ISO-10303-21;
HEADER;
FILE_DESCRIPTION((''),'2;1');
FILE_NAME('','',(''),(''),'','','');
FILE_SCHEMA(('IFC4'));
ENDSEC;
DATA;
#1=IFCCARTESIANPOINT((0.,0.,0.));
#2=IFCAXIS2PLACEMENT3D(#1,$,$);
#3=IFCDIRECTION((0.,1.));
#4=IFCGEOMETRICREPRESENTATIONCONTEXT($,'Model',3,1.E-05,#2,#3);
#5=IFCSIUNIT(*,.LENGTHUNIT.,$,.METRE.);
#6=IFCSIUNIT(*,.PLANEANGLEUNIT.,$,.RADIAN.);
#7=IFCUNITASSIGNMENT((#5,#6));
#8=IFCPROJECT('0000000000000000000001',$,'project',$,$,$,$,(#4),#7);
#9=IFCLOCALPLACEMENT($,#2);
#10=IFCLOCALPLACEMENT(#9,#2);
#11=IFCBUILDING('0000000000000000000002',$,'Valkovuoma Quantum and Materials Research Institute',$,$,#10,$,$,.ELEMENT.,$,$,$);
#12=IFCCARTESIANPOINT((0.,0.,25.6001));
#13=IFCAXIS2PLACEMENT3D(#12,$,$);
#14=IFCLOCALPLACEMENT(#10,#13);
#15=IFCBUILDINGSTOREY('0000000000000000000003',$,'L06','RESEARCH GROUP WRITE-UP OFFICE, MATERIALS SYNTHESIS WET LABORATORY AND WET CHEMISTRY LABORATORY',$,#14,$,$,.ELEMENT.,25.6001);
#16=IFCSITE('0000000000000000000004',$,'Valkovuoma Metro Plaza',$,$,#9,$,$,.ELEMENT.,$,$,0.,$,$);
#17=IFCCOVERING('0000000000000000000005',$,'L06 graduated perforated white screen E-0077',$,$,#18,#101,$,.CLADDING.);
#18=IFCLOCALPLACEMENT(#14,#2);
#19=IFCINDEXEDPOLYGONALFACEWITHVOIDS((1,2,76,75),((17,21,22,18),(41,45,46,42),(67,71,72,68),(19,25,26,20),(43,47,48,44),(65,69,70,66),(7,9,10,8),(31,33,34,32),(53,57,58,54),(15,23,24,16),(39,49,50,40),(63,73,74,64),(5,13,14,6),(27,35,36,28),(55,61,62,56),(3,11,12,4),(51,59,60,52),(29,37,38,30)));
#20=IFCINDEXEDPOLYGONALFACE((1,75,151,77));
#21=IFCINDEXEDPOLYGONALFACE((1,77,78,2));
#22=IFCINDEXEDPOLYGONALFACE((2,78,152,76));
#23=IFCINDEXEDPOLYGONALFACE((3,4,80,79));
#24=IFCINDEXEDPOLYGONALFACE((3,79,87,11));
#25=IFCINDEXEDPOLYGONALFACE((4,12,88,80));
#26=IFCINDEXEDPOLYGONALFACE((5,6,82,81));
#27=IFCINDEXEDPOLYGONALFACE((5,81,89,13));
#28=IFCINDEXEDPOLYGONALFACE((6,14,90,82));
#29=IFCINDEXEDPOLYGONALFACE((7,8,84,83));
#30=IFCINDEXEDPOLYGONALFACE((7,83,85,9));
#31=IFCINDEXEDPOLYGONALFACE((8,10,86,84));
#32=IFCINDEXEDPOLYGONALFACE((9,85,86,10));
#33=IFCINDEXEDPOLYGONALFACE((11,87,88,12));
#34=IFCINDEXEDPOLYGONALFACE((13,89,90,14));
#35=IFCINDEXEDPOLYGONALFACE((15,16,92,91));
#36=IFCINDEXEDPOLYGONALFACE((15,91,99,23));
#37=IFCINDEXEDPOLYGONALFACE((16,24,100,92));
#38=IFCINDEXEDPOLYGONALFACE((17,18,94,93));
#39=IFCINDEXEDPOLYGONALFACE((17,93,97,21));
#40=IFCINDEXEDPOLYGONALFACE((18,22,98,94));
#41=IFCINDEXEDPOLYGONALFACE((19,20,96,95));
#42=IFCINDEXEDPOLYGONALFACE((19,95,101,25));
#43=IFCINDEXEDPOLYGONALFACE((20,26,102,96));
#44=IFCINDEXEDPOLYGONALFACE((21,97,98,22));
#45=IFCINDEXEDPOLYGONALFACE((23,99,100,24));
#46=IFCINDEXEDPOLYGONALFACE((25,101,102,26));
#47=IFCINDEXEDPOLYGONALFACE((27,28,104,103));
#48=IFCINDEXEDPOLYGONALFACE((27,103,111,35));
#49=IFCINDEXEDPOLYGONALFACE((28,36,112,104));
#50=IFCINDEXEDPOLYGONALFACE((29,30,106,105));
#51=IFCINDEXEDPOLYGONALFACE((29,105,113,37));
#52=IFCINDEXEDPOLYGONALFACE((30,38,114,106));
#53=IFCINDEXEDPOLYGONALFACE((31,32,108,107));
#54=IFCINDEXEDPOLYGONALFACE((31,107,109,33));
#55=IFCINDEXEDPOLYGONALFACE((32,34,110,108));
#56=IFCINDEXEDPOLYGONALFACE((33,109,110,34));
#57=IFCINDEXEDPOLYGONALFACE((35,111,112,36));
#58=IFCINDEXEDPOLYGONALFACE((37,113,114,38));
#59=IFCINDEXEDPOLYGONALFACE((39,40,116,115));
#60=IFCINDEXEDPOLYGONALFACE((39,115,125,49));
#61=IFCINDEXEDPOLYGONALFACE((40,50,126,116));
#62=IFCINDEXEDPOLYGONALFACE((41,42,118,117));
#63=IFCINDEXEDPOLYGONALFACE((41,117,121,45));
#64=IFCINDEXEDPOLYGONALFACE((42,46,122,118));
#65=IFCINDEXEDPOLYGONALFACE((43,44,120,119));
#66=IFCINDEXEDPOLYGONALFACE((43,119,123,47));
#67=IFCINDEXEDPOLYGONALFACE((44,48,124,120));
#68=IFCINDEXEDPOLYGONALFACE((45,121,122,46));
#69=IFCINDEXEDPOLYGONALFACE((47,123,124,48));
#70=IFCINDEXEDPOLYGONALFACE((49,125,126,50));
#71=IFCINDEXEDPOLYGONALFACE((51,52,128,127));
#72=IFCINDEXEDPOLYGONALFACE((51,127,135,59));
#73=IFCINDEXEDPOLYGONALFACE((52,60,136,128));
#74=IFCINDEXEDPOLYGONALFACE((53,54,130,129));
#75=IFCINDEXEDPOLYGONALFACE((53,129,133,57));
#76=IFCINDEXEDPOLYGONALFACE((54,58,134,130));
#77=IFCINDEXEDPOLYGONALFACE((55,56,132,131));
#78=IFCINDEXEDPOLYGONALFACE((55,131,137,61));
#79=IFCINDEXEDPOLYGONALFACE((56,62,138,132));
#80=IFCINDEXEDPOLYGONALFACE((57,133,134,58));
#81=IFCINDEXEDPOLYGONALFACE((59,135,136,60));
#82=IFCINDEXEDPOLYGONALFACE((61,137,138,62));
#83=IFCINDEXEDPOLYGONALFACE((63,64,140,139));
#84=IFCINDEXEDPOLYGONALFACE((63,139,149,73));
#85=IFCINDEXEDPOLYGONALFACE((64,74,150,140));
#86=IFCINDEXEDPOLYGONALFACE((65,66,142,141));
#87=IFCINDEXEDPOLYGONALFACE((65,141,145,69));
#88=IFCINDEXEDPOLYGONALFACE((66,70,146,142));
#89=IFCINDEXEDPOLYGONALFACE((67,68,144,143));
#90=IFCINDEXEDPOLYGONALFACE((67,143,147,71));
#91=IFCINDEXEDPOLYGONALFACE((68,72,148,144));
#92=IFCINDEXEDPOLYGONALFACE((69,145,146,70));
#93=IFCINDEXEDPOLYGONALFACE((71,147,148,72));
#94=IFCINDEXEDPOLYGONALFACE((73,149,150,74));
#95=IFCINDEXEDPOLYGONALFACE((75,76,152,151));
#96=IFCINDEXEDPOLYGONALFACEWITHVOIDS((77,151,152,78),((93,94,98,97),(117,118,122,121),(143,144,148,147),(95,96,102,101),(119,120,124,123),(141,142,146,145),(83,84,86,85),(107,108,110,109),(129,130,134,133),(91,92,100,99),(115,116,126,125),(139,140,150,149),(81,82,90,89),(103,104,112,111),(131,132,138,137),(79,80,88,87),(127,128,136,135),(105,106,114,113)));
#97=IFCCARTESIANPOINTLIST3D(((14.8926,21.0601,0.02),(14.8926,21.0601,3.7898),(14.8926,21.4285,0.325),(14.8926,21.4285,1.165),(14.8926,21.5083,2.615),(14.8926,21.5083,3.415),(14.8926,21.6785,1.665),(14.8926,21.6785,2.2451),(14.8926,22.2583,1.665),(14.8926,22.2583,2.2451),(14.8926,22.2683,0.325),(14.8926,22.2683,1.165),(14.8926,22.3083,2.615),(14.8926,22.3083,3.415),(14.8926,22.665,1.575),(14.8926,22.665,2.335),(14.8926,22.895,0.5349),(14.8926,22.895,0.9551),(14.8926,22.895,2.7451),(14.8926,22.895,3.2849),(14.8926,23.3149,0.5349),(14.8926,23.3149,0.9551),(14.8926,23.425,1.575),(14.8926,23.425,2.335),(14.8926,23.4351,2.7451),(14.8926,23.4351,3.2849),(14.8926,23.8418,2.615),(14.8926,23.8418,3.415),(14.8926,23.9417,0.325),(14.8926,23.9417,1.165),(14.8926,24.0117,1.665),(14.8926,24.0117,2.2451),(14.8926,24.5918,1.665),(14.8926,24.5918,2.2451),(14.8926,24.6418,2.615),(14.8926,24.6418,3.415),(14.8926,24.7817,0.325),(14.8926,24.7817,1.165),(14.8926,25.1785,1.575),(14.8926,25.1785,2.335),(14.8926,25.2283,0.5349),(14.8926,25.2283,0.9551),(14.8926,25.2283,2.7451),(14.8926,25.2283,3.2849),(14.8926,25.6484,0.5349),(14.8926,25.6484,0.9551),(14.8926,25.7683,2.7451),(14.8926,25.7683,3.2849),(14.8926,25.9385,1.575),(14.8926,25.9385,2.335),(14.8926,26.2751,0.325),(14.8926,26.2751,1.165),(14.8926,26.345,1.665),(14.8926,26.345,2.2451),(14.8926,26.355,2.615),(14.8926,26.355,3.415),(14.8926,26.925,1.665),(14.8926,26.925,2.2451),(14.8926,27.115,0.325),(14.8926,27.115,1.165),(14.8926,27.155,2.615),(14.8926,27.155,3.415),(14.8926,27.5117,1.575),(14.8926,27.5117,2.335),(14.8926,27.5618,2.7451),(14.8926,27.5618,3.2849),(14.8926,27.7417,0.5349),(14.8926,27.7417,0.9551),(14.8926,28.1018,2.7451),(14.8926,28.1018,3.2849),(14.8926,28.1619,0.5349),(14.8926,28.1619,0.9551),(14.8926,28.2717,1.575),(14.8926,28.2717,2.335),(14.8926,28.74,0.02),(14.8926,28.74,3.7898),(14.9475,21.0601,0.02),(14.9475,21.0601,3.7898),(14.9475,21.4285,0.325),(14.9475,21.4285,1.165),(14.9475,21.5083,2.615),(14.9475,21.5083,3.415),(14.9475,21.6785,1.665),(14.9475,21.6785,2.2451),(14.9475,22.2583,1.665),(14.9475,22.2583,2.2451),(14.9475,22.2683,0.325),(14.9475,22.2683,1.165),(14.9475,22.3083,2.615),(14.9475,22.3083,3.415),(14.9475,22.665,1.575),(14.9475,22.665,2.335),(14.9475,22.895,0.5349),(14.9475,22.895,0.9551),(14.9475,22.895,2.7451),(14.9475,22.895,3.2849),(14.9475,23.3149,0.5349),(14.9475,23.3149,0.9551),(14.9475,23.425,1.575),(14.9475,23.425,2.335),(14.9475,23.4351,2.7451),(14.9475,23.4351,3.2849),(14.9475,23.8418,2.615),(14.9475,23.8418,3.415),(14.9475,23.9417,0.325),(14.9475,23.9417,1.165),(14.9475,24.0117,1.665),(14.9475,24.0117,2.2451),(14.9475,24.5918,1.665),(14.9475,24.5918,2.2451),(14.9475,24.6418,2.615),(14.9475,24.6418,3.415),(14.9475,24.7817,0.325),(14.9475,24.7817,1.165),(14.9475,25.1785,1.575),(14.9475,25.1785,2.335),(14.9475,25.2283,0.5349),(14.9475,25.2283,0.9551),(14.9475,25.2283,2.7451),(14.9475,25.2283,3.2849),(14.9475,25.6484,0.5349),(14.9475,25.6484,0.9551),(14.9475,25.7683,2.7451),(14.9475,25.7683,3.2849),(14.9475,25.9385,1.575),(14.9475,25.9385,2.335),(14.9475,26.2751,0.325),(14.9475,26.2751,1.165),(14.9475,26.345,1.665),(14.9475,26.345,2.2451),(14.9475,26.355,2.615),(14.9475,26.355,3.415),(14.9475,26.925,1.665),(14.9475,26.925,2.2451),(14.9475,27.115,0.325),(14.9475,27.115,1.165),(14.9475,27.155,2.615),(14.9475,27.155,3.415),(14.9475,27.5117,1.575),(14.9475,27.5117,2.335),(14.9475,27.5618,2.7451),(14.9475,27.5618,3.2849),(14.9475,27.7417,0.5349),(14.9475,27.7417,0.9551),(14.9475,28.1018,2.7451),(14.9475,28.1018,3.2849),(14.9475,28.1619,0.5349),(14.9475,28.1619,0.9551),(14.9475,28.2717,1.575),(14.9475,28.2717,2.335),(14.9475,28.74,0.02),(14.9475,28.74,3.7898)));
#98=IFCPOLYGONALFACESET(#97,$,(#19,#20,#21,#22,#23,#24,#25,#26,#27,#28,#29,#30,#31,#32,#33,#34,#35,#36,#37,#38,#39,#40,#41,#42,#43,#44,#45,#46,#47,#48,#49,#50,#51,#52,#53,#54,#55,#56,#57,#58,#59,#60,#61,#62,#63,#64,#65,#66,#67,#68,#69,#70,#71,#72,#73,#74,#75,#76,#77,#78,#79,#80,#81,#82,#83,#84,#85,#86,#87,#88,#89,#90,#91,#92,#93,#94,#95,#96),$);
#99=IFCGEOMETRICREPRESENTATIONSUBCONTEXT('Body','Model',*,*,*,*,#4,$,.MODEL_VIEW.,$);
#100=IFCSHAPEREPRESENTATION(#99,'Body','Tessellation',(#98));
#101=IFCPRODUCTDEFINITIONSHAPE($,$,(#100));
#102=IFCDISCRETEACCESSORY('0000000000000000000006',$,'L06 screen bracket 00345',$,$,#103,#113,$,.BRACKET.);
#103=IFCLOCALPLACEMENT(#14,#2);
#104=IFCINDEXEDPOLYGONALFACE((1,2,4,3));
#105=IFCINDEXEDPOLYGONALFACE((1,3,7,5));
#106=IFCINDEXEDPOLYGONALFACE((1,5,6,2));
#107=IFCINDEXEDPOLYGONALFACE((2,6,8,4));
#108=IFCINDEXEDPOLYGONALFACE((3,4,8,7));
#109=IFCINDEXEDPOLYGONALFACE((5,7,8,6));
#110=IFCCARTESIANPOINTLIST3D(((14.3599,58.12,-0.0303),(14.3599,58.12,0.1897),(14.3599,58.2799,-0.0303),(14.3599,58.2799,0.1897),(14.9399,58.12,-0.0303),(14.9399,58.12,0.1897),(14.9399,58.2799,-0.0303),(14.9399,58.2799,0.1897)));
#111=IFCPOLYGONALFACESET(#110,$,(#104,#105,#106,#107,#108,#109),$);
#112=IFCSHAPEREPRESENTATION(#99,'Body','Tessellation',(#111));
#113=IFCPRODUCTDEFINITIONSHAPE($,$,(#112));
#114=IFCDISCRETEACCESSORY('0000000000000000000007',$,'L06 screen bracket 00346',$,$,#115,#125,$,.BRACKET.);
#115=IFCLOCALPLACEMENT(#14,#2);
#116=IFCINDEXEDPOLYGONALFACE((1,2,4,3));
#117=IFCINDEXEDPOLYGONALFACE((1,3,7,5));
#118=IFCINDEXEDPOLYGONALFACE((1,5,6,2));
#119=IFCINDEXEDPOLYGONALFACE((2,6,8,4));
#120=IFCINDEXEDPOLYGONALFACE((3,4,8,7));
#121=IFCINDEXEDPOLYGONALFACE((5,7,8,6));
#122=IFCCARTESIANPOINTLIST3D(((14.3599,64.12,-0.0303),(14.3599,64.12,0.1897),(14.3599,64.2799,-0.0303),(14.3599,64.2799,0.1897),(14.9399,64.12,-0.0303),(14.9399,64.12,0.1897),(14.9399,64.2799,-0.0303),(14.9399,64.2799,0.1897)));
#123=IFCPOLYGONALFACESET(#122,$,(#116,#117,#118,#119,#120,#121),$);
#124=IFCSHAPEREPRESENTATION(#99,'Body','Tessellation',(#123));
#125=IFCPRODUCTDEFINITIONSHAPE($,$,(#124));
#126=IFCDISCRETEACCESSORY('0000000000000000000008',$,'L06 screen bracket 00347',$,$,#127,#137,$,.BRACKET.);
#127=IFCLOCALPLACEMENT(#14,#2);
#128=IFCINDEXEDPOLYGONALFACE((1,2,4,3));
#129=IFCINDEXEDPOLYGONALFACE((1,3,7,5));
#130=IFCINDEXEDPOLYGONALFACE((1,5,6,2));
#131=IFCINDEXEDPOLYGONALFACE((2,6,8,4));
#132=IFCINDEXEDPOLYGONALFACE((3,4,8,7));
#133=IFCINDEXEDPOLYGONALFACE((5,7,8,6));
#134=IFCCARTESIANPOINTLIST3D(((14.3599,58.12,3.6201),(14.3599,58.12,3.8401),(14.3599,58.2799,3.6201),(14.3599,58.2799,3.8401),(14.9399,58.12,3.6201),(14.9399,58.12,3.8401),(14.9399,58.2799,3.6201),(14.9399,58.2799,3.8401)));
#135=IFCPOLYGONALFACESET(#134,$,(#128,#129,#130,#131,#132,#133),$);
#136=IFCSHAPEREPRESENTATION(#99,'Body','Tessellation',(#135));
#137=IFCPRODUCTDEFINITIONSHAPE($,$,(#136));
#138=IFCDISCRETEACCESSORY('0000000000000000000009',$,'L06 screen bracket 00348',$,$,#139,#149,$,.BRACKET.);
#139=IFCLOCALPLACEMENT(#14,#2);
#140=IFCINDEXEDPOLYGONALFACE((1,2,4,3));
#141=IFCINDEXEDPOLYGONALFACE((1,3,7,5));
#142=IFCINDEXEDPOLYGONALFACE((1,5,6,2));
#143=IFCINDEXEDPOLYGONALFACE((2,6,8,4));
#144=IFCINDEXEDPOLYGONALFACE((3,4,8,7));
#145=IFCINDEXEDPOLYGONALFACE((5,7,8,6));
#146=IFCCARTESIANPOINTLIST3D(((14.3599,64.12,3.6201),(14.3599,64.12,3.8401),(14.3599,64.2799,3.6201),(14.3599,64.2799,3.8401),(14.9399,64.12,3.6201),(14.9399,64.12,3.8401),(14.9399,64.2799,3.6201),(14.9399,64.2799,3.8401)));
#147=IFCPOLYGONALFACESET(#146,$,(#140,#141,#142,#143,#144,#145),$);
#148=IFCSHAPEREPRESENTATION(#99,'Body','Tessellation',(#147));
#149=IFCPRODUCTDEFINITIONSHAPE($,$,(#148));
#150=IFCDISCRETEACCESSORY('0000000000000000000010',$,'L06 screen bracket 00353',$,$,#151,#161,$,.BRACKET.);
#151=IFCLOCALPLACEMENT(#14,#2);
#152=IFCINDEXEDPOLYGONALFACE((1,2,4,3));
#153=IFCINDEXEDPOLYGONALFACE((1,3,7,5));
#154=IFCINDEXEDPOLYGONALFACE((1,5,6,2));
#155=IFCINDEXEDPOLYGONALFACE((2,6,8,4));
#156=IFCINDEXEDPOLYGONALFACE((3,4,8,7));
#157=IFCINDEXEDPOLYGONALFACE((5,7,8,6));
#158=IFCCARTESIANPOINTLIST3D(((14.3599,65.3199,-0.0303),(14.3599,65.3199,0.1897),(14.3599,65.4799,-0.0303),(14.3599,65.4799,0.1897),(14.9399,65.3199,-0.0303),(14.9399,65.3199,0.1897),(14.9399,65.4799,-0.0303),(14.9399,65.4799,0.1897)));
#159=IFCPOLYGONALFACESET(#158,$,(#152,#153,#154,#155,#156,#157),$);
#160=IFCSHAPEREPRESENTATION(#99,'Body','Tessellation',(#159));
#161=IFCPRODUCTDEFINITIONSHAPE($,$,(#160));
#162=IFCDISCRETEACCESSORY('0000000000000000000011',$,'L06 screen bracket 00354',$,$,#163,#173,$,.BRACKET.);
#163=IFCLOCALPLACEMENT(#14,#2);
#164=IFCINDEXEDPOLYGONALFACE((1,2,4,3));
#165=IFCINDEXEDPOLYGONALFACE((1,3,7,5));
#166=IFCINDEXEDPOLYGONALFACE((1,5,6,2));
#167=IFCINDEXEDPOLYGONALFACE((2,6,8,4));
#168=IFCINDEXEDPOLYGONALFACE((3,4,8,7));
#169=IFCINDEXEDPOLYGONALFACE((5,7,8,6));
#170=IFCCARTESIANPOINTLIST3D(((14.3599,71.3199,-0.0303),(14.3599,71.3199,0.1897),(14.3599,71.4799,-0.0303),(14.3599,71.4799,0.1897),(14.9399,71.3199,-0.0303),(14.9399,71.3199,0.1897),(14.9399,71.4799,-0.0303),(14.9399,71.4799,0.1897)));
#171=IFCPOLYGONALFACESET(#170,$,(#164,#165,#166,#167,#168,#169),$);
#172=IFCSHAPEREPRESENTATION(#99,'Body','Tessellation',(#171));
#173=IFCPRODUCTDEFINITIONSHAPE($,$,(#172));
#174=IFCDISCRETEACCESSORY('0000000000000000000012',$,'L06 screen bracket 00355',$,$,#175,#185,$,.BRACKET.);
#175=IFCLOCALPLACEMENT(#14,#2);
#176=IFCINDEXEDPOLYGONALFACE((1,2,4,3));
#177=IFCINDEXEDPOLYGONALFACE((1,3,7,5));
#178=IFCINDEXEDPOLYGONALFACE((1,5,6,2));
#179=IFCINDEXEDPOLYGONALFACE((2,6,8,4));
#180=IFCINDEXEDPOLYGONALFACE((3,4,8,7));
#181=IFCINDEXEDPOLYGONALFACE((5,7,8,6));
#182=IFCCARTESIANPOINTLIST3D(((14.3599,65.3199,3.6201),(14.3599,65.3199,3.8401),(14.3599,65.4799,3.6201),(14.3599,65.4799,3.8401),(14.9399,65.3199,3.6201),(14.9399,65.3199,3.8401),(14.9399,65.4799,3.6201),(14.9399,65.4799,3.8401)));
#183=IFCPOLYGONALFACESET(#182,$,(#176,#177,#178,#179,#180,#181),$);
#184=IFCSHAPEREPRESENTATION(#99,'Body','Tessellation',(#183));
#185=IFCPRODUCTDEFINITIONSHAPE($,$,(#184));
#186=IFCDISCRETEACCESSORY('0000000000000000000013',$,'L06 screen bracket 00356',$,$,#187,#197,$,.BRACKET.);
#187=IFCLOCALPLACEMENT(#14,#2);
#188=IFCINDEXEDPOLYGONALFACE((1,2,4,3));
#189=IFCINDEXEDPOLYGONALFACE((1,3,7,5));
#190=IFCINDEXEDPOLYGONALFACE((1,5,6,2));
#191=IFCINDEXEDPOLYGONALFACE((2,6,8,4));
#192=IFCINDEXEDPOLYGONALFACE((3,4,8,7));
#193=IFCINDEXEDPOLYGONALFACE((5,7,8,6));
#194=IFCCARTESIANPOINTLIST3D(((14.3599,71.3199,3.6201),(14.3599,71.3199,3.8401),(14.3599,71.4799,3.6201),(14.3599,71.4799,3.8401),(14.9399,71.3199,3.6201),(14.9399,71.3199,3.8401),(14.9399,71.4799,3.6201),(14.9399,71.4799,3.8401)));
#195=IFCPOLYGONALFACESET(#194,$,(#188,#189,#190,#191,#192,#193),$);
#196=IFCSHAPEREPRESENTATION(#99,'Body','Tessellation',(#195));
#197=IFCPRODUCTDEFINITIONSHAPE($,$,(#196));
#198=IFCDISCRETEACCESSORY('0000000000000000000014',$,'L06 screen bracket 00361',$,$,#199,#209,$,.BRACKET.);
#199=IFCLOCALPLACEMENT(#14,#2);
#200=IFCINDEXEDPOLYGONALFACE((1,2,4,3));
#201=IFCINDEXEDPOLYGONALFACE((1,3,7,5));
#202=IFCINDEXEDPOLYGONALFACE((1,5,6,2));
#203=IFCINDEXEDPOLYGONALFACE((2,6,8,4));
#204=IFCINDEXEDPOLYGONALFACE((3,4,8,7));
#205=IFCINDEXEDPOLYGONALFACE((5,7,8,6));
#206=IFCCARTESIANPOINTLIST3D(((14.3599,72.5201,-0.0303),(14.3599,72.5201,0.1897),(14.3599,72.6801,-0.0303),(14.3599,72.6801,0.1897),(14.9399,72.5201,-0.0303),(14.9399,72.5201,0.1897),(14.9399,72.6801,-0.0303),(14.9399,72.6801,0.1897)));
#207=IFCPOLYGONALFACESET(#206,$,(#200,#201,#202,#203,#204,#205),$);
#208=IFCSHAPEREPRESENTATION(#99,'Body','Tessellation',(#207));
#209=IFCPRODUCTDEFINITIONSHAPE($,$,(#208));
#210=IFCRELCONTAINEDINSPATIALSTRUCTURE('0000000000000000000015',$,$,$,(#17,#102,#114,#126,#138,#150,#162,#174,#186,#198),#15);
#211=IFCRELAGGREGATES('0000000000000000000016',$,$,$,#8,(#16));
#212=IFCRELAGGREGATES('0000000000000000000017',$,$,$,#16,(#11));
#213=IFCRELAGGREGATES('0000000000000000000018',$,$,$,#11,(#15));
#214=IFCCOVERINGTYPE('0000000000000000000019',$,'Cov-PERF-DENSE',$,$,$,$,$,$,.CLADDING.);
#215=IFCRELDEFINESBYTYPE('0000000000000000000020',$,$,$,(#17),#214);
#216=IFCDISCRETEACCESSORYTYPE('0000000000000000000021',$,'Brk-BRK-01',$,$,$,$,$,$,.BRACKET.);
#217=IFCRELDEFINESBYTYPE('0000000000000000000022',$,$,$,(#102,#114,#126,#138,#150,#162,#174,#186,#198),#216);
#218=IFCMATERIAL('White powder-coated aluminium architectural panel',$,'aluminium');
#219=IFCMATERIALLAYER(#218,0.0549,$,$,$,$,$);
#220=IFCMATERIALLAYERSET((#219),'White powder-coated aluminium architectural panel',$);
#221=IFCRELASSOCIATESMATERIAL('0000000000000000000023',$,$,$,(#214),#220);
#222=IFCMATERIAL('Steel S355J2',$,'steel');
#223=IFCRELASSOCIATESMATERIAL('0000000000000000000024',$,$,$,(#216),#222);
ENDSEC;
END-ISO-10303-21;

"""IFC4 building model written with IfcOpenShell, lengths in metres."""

from ifc_helpers import new_model, si_unit, direction, frame, origin, origin_2d, place, context, subcontext, project, spatial, polyline, rectangle, outline, extrude, material, layer, layer_set, type_object, element, save


model = new_model("IFC4")

# Units and contexts
model_context = context("Model", 3, precision=1e-05, world=origin(), true_north=direction((0.0, 1.0)))
body_context = subcontext(model_context, "Body", "Model", "MODEL_VIEW")
ifc_project = project(units=[si_unit("LENGTHUNIT", "METRE"), si_unit("PLANEANGLEUNIT", "RADIAN")], contexts=[model_context])

# Site, building, storey
site_placement = place(None, origin())
site = spatial("IfcSite", under=ifc_project, at=site_placement, Name="Valkovuoma Metro Plaza", CompositionType="ELEMENT", RefElevation=0.0)
building_placement = place(site_placement, origin())
building = spatial("IfcBuilding", under=site, at=building_placement, Name="Valkovuoma Quantum and Materials Research Institute", CompositionType="ELEMENT")
storey_placement = place(building_placement, frame((0.0, 0.0, 25.6001)))
storey = spatial("IfcBuildingStorey", under=building, at=storey_placement, Name="L06", Description="RESEARCH GROUP WRITE-UP OFFICE, MATERIALS SYNTHESIS WET LABORATORY AND WET CHEMISTRY LABORATORY", CompositionType="ELEMENT", Elevation=25.6001)

# Covering
ifc_material_1 = material(Name="White powder-coated aluminium architectural panel", Category="aluminium")
ifc_layer = layer(ifc_material_1, 0.0549)
ifc_layer_set = layer_set([ifc_layer], Name="White powder-coated aluminium architectural panel")
covering_type = type_object("IfcCoveringType", Name="Cov-PERF-DENSE", PredefinedType="CLADDING", material=ifc_layer_set)
covering_placement = place(storey_placement, frame((14.9199, 21.0601, 0.02), z_axis=(0.0, 0.0, 1.0), x_axis=(0.0, 1.0, 0.0)))
element("IfcCovering", 1, at=covering_placement, inside=storey, type_object=covering_type, Name="L06 graduated perforated white screen E-0077", PredefinedType="CLADDING", context=body_context, shape_type="SweptSolid", body=[
    extrude(outline(polyline([(0.0, 0.0), (7.6799, 0.0), (7.6799, 3.7698), (0.0, 3.7698), (0.0, 0.0)]), holes=[polyline([(0.3684, 0.3049), (0.3684, 1.145), (1.2083, 1.145), (1.2083, 0.3049), (0.3684, 0.3049)]), polyline([(0.6184, 1.645), (0.6184, 2.2251), (1.1982, 2.2251), (1.1982, 1.645), (0.6184, 1.645)]), polyline([(0.4482, 2.595), (0.4482, 3.395), (1.2483, 3.395), (1.2483, 2.595), (0.4482, 2.595)]), polyline([(1.835, 0.5149), (1.835, 0.9351), (2.2549, 0.9351), (2.2549, 0.5149), (1.835, 0.5149)]), polyline([(1.605, 1.5549), (1.605, 2.3149), (2.365, 2.3149), (2.365, 1.5549), (1.605, 1.5549)]), polyline([(1.835, 2.7251), (1.835, 3.2649), (2.375, 3.2649), (2.375, 2.7251), (1.835, 2.7251)]), polyline([(2.8816, 0.3049), (2.8816, 1.145), (3.7217, 1.145), (3.7217, 0.3049), (2.8816, 0.3049)]), polyline([(2.9517, 1.645), (2.9517, 2.2251), (3.5317, 2.2251), (3.5317, 1.645), (2.9517, 1.645)]), polyline([(2.7817, 2.595), (2.7817, 3.395), (3.5818, 3.395), (3.5818, 2.595), (2.7817, 2.595)]), polyline([(4.1682, 0.5149), (4.1682, 0.9351), (4.5884, 0.9351), (4.5884, 0.5149), (4.1682, 0.5149)]), polyline([(4.1184, 1.5549), (4.1184, 2.3149), (4.8784, 2.3149), (4.8784, 1.5549), (4.1184, 1.5549)]), polyline([(4.1682, 2.7251), (4.1682, 3.2649), (4.7083, 3.2649), (4.7083, 2.7251), (4.1682, 2.7251)]), polyline([(5.2151, 0.3049), (5.2151, 1.145), (6.0549, 1.145), (6.0549, 0.3049), (5.2151, 0.3049)]), polyline([(5.2849, 1.645), (5.2849, 2.2251), (5.865, 2.2251), (5.865, 1.645), (5.2849, 1.645)]), polyline([(5.2949, 2.595), (5.2949, 3.395), (6.095, 3.395), (6.095, 2.595), (5.2949, 2.595)]), polyline([(6.6816, 0.5149), (6.6816, 0.9351), (7.1018, 0.9351), (7.1018, 0.5149), (6.6816, 0.5149)]), polyline([(6.4517, 1.5549), (6.4517, 2.3149), (7.2117, 2.3149), (7.2117, 1.5549), (6.4517, 1.5549)]), polyline([(6.5017, 2.7251), (6.5017, 3.2649), (7.0417, 3.2649), (7.0417, 2.7251), (6.5017, 2.7251)])]), frame((0.0, 0.0273, 0.0), z_axis=(0.0, -1.0, 0.0), x_axis=(1.0, 0.0, 0.0)), (0.0, 0.0, 1.0), 0.0549),
])

# Discrete accessories
ifc_material_2 = material(Name="Steel S355J2", Category="steel")
discrete_accessory_type = type_object("IfcDiscreteAccessoryType", Name="Brk-BRK-01", PredefinedType="BRACKET", material=ifc_material_2)
for number, where, z_axis, x_axis, name in (
    (2, (14.6499, 58.2, -0.0303), (0.0, 0.0, 1.0), (1.0, 0.0, 0.0), "L06 screen bracket 00345"),
    (3, (14.6499, 64.2, -0.0303), (0.0, 0.0, 1.0), (1.0, 0.0, 0.0), "L06 screen bracket 00346"),
    (4, (14.6499, 58.2, 3.6201), (0.0, 0.0, 1.0), (1.0, 0.0, 0.0), "L06 screen bracket 00347"),
    (5, (14.6499, 64.2, 3.6201), (0.0, 0.0, 1.0), (1.0, 0.0, 0.0), "L06 screen bracket 00348"),
    (6, (14.6499, 65.3999, -0.0303), (0.0, 0.0, 1.0), (1.0, 0.0, 0.0), "L06 screen bracket 00353"),
    (7, (14.6499, 71.3999, -0.0303), (0.0, 0.0, 1.0), (1.0, 0.0, 0.0), "L06 screen bracket 00354"),
    (8, (14.6499, 65.3999, 3.6201), (0.0, 0.0, 1.0), (1.0, 0.0, 0.0), "L06 screen bracket 00355"),
    (9, (14.6499, 71.3999, 3.6201), (0.0, 0.0, 1.0), (1.0, 0.0, 0.0), "L06 screen bracket 00356"),
    (10, (14.6499, 72.6001, -0.0303), (0.0, 0.0, 1.0), (1.0, 0.0, 0.0), "L06 screen bracket 00361"),
):
    element("IfcDiscreteAccessory", number, at=place(storey_placement, frame(where, z_axis=z_axis, x_axis=x_axis)), inside=storey, type_object=discrete_accessory_type, Name=name, PredefinedType="BRACKET", context=body_context, shape_type="SweptSolid", body=[
        extrude(rectangle(XDim=0.5801, YDim=0.1599, at=origin_2d()), origin(), (0.0, 0.0, 1.0), 0.22),
    ])

save(model, "model.ifc")
